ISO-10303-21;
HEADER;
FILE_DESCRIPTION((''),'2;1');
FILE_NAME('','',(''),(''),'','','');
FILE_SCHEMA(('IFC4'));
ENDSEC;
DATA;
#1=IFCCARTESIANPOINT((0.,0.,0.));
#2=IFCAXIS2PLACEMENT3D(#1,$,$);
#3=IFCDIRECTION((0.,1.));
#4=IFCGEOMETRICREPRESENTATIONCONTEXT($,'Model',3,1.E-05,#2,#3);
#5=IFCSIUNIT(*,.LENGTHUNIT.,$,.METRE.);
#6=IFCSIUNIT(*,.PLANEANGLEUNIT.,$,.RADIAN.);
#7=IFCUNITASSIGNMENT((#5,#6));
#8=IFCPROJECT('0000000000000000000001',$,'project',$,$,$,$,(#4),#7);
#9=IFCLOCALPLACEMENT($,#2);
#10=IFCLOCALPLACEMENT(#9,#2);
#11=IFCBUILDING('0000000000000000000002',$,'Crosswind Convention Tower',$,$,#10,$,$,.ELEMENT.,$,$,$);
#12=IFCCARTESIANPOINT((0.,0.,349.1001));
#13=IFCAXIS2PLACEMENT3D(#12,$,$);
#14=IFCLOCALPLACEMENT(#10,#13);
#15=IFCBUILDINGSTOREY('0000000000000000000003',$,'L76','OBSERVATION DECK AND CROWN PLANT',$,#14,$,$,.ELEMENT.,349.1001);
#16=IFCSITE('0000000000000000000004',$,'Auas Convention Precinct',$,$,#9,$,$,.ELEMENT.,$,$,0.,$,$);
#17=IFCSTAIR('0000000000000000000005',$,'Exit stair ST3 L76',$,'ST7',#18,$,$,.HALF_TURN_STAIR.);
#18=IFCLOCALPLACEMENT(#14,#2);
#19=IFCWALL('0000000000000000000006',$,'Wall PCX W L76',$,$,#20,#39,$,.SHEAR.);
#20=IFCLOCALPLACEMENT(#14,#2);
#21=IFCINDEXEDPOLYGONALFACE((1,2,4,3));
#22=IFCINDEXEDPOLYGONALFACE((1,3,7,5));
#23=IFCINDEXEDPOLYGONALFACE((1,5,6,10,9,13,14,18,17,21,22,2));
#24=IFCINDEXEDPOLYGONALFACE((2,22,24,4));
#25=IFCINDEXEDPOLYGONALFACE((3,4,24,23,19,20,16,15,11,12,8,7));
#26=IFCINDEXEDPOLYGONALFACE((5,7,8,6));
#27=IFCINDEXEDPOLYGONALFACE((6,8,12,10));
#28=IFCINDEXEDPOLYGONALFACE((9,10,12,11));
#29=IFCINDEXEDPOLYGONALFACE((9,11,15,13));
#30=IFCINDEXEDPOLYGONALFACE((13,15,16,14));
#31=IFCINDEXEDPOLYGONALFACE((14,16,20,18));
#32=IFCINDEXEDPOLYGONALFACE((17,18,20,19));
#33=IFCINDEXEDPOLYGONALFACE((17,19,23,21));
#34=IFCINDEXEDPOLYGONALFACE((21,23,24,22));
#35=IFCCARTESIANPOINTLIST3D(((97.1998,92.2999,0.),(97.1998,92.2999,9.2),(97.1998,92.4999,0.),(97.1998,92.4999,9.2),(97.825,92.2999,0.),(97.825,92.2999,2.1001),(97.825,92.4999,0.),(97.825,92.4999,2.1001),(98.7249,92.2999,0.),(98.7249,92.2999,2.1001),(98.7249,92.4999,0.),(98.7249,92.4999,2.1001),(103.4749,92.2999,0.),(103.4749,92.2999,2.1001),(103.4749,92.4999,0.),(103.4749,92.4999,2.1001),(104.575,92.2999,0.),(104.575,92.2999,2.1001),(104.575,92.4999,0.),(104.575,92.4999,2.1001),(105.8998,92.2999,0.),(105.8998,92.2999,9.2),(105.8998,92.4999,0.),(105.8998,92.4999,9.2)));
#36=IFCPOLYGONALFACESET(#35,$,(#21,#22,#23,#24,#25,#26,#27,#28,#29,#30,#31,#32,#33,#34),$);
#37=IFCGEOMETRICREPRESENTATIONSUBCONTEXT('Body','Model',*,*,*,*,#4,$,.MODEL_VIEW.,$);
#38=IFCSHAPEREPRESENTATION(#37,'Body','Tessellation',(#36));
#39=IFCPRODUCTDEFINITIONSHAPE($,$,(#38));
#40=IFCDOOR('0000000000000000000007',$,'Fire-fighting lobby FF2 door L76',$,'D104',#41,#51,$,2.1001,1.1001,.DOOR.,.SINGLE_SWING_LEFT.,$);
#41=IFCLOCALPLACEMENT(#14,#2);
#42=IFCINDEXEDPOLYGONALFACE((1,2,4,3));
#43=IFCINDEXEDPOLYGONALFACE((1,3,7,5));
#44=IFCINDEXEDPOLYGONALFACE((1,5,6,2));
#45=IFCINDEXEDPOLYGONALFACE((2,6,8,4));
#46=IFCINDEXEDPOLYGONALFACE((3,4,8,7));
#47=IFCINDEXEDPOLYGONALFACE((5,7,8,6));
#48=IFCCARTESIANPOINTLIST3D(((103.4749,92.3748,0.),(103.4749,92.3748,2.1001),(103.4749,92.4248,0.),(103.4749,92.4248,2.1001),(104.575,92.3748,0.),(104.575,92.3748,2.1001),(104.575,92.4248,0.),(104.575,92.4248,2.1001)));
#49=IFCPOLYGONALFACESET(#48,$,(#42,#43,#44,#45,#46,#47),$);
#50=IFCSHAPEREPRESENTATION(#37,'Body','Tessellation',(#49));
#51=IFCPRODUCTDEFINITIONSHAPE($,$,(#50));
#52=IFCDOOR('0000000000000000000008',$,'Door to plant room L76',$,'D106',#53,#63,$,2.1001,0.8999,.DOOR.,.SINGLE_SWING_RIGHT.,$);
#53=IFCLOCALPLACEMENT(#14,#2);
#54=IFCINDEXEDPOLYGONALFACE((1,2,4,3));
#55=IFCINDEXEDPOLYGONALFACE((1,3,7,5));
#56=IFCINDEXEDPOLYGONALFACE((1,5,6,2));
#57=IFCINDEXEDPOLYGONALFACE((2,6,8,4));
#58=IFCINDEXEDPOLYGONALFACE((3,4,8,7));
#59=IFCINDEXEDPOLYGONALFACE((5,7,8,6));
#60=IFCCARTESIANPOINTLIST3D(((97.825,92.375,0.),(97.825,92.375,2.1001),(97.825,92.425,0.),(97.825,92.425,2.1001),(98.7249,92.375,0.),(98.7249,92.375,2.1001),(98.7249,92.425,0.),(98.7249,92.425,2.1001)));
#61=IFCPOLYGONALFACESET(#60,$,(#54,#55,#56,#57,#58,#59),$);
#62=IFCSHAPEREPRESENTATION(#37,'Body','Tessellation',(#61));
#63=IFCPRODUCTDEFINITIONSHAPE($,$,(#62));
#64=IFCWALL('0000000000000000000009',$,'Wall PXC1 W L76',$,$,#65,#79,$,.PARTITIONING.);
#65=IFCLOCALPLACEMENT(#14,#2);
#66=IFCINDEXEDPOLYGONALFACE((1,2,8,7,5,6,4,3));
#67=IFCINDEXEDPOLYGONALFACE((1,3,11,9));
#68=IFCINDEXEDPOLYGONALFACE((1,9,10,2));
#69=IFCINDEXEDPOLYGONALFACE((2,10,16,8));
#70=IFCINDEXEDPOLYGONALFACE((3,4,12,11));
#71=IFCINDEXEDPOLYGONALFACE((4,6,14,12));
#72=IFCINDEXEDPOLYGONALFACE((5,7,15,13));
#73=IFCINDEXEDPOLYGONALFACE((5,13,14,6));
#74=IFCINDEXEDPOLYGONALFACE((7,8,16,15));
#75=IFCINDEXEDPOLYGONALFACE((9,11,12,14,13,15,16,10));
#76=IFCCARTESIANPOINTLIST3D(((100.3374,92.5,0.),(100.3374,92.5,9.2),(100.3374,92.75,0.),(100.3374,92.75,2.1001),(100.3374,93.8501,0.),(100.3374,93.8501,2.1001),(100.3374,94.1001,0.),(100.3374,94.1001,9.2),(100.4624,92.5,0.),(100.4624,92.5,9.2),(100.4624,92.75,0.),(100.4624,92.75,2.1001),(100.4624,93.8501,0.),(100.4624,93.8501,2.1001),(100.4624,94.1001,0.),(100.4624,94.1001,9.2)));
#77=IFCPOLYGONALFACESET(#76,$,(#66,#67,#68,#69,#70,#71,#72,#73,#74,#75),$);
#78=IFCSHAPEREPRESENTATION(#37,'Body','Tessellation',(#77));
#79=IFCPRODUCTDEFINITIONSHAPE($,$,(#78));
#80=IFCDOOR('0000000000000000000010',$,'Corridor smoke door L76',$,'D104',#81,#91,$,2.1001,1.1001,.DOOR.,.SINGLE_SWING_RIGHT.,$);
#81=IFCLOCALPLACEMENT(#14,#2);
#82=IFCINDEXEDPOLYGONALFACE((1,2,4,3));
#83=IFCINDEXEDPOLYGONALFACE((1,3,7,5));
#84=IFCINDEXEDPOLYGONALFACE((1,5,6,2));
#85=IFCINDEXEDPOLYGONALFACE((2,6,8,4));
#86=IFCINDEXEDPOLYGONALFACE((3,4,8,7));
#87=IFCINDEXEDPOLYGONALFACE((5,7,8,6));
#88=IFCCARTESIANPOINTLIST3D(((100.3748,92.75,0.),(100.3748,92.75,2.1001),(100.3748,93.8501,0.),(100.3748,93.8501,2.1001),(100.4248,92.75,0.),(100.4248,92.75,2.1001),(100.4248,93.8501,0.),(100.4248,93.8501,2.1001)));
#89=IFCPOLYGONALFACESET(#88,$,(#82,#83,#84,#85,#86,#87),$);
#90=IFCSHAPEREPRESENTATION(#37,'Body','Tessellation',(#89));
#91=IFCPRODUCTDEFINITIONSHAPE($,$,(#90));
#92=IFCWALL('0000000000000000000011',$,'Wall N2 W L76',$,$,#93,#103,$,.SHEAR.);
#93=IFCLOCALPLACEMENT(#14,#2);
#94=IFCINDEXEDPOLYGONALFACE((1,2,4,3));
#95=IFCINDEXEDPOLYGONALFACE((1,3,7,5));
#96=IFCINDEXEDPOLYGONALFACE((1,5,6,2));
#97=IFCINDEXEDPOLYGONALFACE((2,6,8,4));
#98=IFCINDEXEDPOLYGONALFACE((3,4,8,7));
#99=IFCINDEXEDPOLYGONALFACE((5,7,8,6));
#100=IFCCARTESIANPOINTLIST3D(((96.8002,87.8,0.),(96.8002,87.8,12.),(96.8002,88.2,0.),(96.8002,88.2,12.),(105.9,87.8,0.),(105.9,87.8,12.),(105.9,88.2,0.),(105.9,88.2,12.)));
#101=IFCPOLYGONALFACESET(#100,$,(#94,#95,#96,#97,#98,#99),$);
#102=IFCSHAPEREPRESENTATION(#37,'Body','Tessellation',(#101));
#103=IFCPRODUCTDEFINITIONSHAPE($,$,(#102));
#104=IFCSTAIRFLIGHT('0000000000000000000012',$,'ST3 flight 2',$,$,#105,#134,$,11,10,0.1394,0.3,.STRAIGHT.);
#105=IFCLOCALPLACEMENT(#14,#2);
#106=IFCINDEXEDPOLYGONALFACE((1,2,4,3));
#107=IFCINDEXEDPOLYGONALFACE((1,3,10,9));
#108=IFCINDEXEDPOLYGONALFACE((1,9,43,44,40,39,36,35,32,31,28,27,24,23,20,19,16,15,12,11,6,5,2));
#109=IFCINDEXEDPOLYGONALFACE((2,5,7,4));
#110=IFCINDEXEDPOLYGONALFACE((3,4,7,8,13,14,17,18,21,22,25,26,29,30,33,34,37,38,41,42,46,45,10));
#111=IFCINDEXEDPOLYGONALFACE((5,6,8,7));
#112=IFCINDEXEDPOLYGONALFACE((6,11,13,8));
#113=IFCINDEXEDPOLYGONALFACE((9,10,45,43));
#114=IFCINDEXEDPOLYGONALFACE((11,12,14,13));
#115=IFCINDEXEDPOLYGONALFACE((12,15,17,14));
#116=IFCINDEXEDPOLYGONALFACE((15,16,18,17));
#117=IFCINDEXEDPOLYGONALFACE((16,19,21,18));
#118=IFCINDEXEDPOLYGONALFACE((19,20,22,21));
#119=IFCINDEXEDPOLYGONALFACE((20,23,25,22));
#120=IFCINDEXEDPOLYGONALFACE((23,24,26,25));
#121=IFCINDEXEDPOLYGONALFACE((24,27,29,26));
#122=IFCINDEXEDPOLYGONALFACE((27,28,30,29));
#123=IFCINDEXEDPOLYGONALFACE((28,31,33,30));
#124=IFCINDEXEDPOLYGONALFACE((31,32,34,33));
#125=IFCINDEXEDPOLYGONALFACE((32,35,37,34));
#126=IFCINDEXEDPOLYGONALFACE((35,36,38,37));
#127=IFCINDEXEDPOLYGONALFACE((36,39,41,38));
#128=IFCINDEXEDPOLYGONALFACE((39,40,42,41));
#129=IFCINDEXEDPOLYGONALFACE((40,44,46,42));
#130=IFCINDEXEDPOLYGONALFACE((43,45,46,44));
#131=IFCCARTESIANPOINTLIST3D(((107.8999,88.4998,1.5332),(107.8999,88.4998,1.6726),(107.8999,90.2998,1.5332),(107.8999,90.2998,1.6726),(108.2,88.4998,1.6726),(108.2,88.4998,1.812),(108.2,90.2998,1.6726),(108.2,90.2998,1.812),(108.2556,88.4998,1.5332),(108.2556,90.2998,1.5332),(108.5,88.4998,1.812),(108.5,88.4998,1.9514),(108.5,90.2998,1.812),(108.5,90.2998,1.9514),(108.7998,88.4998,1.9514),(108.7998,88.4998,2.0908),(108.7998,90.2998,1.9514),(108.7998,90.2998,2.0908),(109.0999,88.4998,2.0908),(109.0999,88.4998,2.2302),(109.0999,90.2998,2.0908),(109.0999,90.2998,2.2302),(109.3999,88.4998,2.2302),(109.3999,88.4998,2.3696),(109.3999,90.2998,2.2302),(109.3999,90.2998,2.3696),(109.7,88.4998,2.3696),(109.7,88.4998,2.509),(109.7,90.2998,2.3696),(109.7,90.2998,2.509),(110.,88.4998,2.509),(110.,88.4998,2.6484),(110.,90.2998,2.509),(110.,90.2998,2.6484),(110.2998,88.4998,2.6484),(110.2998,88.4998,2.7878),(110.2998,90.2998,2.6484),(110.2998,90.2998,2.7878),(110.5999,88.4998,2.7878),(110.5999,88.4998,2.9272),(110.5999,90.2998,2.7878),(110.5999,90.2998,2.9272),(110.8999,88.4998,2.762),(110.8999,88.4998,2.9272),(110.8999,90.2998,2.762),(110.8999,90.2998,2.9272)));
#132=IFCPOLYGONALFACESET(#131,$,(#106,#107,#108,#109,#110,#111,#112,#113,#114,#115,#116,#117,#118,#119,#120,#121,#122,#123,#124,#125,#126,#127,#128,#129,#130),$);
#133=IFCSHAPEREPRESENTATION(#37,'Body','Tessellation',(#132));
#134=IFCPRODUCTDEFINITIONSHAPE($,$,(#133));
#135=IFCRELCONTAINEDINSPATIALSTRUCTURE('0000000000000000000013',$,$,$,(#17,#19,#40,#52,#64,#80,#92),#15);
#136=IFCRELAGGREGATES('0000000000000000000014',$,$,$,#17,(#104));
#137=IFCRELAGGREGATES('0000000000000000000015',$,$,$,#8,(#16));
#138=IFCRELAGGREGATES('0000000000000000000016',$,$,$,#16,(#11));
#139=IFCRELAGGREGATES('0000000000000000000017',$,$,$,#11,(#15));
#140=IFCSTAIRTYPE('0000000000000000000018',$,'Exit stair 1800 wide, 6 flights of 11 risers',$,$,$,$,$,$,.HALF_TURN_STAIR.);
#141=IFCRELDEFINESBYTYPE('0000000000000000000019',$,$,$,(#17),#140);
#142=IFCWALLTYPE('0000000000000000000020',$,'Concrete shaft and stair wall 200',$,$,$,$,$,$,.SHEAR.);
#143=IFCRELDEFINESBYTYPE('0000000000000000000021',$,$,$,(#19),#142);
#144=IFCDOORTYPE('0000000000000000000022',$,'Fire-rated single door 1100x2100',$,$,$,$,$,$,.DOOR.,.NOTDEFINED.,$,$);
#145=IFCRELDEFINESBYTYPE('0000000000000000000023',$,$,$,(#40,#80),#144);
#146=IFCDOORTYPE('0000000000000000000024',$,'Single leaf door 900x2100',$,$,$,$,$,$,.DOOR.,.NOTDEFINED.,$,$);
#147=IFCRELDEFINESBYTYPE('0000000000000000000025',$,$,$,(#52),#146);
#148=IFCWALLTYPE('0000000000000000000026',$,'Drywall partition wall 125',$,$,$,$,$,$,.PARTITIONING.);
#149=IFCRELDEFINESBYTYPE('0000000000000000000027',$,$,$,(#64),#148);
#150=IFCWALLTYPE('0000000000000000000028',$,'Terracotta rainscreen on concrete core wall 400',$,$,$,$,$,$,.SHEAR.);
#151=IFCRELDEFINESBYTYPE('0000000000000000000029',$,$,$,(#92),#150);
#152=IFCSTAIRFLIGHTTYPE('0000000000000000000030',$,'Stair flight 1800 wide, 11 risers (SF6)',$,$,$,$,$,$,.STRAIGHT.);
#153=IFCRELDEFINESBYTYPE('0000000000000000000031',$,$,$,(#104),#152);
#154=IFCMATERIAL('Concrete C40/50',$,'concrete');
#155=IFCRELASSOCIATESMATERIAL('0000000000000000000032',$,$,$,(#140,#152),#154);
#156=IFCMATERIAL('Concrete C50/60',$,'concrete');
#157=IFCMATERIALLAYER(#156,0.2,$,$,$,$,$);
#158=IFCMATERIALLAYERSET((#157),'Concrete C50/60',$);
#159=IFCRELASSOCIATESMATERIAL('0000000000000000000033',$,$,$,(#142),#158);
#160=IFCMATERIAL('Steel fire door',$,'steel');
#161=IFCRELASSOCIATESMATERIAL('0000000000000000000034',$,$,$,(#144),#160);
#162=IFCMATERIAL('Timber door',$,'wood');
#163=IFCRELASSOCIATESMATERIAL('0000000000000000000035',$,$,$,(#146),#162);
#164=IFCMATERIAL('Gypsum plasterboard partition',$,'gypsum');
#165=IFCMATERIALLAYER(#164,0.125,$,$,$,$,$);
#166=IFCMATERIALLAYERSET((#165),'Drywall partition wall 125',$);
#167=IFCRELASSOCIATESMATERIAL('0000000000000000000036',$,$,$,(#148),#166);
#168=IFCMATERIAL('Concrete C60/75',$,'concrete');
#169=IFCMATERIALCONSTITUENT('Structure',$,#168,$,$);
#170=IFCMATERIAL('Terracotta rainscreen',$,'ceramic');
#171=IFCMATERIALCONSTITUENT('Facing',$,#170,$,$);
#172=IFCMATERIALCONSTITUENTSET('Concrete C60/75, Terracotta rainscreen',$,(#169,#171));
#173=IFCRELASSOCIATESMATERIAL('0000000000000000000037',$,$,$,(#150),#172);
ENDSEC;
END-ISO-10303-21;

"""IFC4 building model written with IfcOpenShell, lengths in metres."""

from ifc_helpers import new_model, si_unit, direction, frame, frame_2d, origin, place, context, subcontext, project, spatial, polyline, rectangle, outline, extrude, material, layer, layer_set, constituent, constituent_set, type_object, element, fill, aggregate, save


model = new_model("IFC4")

# Units and contexts
model_context = context("Model", 3, precision=1e-05, world=origin(), true_north=direction((0.0, 1.0)))
body_context = subcontext(model_context, "Body", "Model", "MODEL_VIEW")
ifc_project = project(units=[si_unit("LENGTHUNIT", "METRE"), si_unit("PLANEANGLEUNIT", "RADIAN")], contexts=[model_context])

# Site, building, storey
site_placement = place(None, origin())
site = spatial("IfcSite", under=ifc_project, at=site_placement, Name="Auas Convention Precinct", CompositionType="ELEMENT", RefElevation=0.0)
building_placement = place(site_placement, origin())
building = spatial("IfcBuilding", under=site, at=building_placement, Name="Crosswind Convention Tower", CompositionType="ELEMENT")
storey_placement = place(building_placement, frame((0.0, 0.0, 349.1001)))
storey = spatial("IfcBuildingStorey", under=building, at=storey_placement, Name="L76", Description="OBSERVATION DECK AND CROWN PLANT", CompositionType="ELEMENT", Elevation=349.1001)

# Stair
ifc_material_1 = material(Name="Concrete C40/50", Category="concrete")
stair_type = type_object("IfcStairType", Name="Exit stair 1800 wide, 6 flights of 11 risers", PredefinedType="HALF_TURN_STAIR", material=ifc_material_1)
stair_1_placement = place(storey_placement, origin())
stair_1 = element("IfcStair", 1, at=stair_1_placement, inside=storey, type_object=stair_type, Name="Exit stair ST3 L76", ObjectType="ST7", PredefinedType="HALF_TURN_STAIR")

# Shared definitions
ifc_material_2 = material(Name="Concrete C50/60", Category="concrete")
ifc_layer_1 = layer(ifc_material_2, 0.2)
ifc_layer_set_1 = layer_set([ifc_layer_1], Name="Concrete C50/60")
wall_type_1 = type_object("IfcWallType", Name="Concrete shaft and stair wall 200", PredefinedType="SHEAR", material=ifc_layer_set_1)

# Wall, openings, doors
wall_1_placement = place(storey_placement, frame((105.8999, 92.3999, 0.0), z_axis=(0.0, 0.0, 1.0), x_axis=(-1.0, 0.0, 0.0)))
wall_1 = element("IfcWall", 2, at=wall_1_placement, inside=storey, type_object=wall_type_1, Name="Wall PCX W L76", PredefinedType="SHEAR", context=body_context, shape_type="SweptSolid", body=[
    extrude(rectangle(XDim=8.7, YDim=0.2, at=frame_2d((4.3501, 0.0))), origin(), (0.0, 0.0, 1.0), 9.2),
])
opening_1_placement = place(wall_1_placement, frame((1.325, 0.0, 0.0)))
opening_1 = element("IfcOpeningElement", 3, at=opening_1_placement, cuts=wall_1, PredefinedType="OPENING", context=body_context, shape_type="SweptSolid", body=[
    extrude(rectangle(XDim=1.1001, YDim=2.1001, at=frame_2d((0.55, 1.05))), frame((0.0, 0.1099, 0.0), z_axis=(0.0, -1.0, 0.0), x_axis=(1.0, 0.0, 0.0)), (0.0, 0.0, 1.0), 0.22),
])
opening_2_placement = place(wall_1_placement, frame((7.175, 0.0, 0.0)))
opening_2 = element("IfcOpeningElement", 4, at=opening_2_placement, cuts=wall_1, PredefinedType="OPENING", context=body_context, shape_type="SweptSolid", body=[
    extrude(rectangle(XDim=0.8999, YDim=2.1001, at=frame_2d((0.45, 1.05))), frame((0.0, 0.1099, 0.0), z_axis=(0.0, -1.0, 0.0), x_axis=(1.0, 0.0, 0.0)), (0.0, 0.0, 1.0), 0.22),
])
ifc_material_3 = material(Name="Steel fire door", Category="steel")
door_type_1 = type_object("IfcDoorType", Name="Fire-rated single door 1100x2100", OperationType="NOTDEFINED", PredefinedType="DOOR", material=ifc_material_3)
door_1_placement = place(opening_1_placement, frame((1.1001, 0.0, 0.0), z_axis=(0.0, 0.0, 1.0), x_axis=(-1.0, 0.0, 0.0)))
door_1 = element("IfcDoor", 5, at=door_1_placement, inside=storey, type_object=door_type_1, Name="Fire-fighting lobby FF2 door L76", ObjectType="D104", OperationType="SINGLE_SWING_LEFT", OverallHeight=2.1001, OverallWidth=1.1001, PredefinedType="DOOR", context=body_context, shape_type="SweptSolid", body=[
    extrude(rectangle(XDim=1.1001, YDim=2.1001, at=frame_2d((0.55, 1.05))), frame((0.0, 0.0249, 0.0), z_axis=(0.0, -1.0, 0.0), x_axis=(1.0, 0.0, 0.0)), (0.0, 0.0, 1.0), 0.05),
])
fill(opening_1, door_1)
ifc_material_4 = material(Name="Timber door", Category="wood")
door_type_2 = type_object("IfcDoorType", Name="Single leaf door 900x2100", OperationType="NOTDEFINED", PredefinedType="DOOR", material=ifc_material_4)
door_2_placement = place(opening_2_placement, origin())
door_2 = element("IfcDoor", 6, at=door_2_placement, inside=storey, type_object=door_type_2, Name="Door to plant room L76", ObjectType="D106", OperationType="SINGLE_SWING_RIGHT", OverallHeight=2.1001, OverallWidth=0.8999, PredefinedType="DOOR", context=body_context, shape_type="SweptSolid", body=[
    extrude(rectangle(XDim=0.8999, YDim=2.1001, at=frame_2d((0.45, 1.05))), frame((0.0, 0.0249, 0.0), z_axis=(0.0, -1.0, 0.0), x_axis=(1.0, 0.0, 0.0)), (0.0, 0.0, 1.0), 0.05),
])
fill(opening_2, door_2)

# Wall, opening, door
ifc_material_5 = material(Name="Gypsum plasterboard partition", Category="gypsum")
ifc_layer_2 = layer(ifc_material_5, 0.125)
ifc_layer_set_2 = layer_set([ifc_layer_2], Name="Drywall partition wall 125")
wall_type_2 = type_object("IfcWallType", Name="Drywall partition wall 125", PredefinedType="PARTITIONING", material=ifc_layer_set_2)
wall_2_placement = place(storey_placement, frame((100.3999, 94.1001, 0.0), z_axis=(0.0, 0.0, 1.0), x_axis=(0.0, -1.0, 0.0)))
wall_2 = element("IfcWall", 7, at=wall_2_placement, inside=storey, type_object=wall_type_2, Name="Wall PXC1 W L76", PredefinedType="PARTITIONING", context=body_context, shape_type="SweptSolid", body=[
    extrude(rectangle(XDim=1.6001, YDim=0.125, at=frame_2d((0.8, 0.0))), origin(), (0.0, 0.0, 1.0), 9.2),
])
opening_3_placement = place(wall_2_placement, frame((0.25, 0.0, 0.0)))
opening_3 = element("IfcOpeningElement", 8, at=opening_3_placement, cuts=wall_2, PredefinedType="OPENING", context=body_context, shape_type="SweptSolid", body=[
    extrude(rectangle(XDim=1.1001, YDim=2.1001, at=frame_2d((0.55, 1.05))), frame((0.0, 0.0725, 0.0), z_axis=(0.0, -1.0, 0.0), x_axis=(1.0, 0.0, 0.0)), (0.0, 0.0, 1.0), 0.145),
])
door_3_placement = place(opening_3_placement, origin())
door_3 = element("IfcDoor", 9, at=door_3_placement, inside=storey, type_object=door_type_1, Name="Corridor smoke door L76", ObjectType="D104", OperationType="SINGLE_SWING_RIGHT", OverallHeight=2.1001, OverallWidth=1.1001, PredefinedType="DOOR", context=body_context, shape_type="SweptSolid", body=[
    extrude(rectangle(XDim=1.1001, YDim=2.1001, at=frame_2d((0.55, 1.05))), frame((0.0, 0.0249, 0.0), z_axis=(0.0, -1.0, 0.0), x_axis=(1.0, 0.0, 0.0)), (0.0, 0.0, 1.0), 0.05),
])
fill(opening_3, door_3)

# Wall
ifc_material_6 = material(Name="Concrete C60/75", Category="concrete")
ifc_constituent_1 = constituent(ifc_material_6, Name="Structure")
ifc_material_7 = material(Name="Terracotta rainscreen", Category="ceramic")
ifc_constituent_2 = constituent(ifc_material_7, Name="Facing")
ifc_constituent_set = constituent_set(constituents=[ifc_constituent_1, ifc_constituent_2], Name="Concrete C60/75, Terracotta rainscreen")
wall_type_3 = type_object("IfcWallType", Name="Terracotta rainscreen on concrete core wall 400", PredefinedType="SHEAR", material=ifc_constituent_set)
wall_3_placement = place(storey_placement, frame((105.8999, 88.0, 0.0), z_axis=(0.0, 0.0, 1.0), x_axis=(-1.0, 0.0, 0.0)))
element("IfcWall", 10, at=wall_3_placement, inside=storey, type_object=wall_type_3, Name="Wall N2 W L76", PredefinedType="SHEAR", context=body_context, shape_type="SweptSolid", body=[
    extrude(rectangle(XDim=9.0999, YDim=0.3999, at=frame_2d((4.5498, 0.0))), origin(), (0.0, 0.0, 1.0), 12.0),
])

# Stair flight
stair_flight_type = type_object("IfcStairFlightType", Name="Stair flight 1800 wide, 11 risers (SF6)", PredefinedType="STRAIGHT", material=ifc_material_1)
stair_flight_placement = place(storey_placement, frame((107.8999, 89.3999, 1.5332), z_axis=(0.0, 0.0, 1.0), x_axis=(1.0, 0.0, 0.0)))
stair_flight = element("IfcStairFlight", 11, at=stair_flight_placement, type_object=stair_flight_type, Name="ST3 flight 2", NumberOfRisers=11, NumberOfTreads=10, PredefinedType="STRAIGHT", RiserHeight=0.1394, TreadLength=0.3, context=body_context, shape_type="SweptSolid", body=[
    extrude(outline(polyline([(0.0, 0.0), (0.0, 0.1394), (0.3, 0.1394), (0.3, 0.2788), (0.6001, 0.2788), (0.6001, 0.4182), (0.8999, 0.4182), (0.8999, 0.5576), (1.2, 0.5576), (1.2, 0.697), (1.5, 0.697), (1.5, 0.8364), (1.8, 0.8364), (1.8, 0.9758), (2.1001, 0.9758), (2.1001, 1.1152), (2.3999, 1.1152), (2.3999, 1.2546), (2.7, 1.2546), (2.7, 1.394), (3.0, 1.394), (3.0, 1.5334), (3.0, 1.2288), (0.3557, 0.0), (0.0, 0.0)])), frame((0.0, 0.8999, 0.0), z_axis=(0.0, -1.0, 0.0), x_axis=(1.0, 0.0, 0.0)), (0.0, 0.0, 1.0), 1.8),
])
aggregate(stair_1, [stair_flight])

save(model, "model.ifc")
